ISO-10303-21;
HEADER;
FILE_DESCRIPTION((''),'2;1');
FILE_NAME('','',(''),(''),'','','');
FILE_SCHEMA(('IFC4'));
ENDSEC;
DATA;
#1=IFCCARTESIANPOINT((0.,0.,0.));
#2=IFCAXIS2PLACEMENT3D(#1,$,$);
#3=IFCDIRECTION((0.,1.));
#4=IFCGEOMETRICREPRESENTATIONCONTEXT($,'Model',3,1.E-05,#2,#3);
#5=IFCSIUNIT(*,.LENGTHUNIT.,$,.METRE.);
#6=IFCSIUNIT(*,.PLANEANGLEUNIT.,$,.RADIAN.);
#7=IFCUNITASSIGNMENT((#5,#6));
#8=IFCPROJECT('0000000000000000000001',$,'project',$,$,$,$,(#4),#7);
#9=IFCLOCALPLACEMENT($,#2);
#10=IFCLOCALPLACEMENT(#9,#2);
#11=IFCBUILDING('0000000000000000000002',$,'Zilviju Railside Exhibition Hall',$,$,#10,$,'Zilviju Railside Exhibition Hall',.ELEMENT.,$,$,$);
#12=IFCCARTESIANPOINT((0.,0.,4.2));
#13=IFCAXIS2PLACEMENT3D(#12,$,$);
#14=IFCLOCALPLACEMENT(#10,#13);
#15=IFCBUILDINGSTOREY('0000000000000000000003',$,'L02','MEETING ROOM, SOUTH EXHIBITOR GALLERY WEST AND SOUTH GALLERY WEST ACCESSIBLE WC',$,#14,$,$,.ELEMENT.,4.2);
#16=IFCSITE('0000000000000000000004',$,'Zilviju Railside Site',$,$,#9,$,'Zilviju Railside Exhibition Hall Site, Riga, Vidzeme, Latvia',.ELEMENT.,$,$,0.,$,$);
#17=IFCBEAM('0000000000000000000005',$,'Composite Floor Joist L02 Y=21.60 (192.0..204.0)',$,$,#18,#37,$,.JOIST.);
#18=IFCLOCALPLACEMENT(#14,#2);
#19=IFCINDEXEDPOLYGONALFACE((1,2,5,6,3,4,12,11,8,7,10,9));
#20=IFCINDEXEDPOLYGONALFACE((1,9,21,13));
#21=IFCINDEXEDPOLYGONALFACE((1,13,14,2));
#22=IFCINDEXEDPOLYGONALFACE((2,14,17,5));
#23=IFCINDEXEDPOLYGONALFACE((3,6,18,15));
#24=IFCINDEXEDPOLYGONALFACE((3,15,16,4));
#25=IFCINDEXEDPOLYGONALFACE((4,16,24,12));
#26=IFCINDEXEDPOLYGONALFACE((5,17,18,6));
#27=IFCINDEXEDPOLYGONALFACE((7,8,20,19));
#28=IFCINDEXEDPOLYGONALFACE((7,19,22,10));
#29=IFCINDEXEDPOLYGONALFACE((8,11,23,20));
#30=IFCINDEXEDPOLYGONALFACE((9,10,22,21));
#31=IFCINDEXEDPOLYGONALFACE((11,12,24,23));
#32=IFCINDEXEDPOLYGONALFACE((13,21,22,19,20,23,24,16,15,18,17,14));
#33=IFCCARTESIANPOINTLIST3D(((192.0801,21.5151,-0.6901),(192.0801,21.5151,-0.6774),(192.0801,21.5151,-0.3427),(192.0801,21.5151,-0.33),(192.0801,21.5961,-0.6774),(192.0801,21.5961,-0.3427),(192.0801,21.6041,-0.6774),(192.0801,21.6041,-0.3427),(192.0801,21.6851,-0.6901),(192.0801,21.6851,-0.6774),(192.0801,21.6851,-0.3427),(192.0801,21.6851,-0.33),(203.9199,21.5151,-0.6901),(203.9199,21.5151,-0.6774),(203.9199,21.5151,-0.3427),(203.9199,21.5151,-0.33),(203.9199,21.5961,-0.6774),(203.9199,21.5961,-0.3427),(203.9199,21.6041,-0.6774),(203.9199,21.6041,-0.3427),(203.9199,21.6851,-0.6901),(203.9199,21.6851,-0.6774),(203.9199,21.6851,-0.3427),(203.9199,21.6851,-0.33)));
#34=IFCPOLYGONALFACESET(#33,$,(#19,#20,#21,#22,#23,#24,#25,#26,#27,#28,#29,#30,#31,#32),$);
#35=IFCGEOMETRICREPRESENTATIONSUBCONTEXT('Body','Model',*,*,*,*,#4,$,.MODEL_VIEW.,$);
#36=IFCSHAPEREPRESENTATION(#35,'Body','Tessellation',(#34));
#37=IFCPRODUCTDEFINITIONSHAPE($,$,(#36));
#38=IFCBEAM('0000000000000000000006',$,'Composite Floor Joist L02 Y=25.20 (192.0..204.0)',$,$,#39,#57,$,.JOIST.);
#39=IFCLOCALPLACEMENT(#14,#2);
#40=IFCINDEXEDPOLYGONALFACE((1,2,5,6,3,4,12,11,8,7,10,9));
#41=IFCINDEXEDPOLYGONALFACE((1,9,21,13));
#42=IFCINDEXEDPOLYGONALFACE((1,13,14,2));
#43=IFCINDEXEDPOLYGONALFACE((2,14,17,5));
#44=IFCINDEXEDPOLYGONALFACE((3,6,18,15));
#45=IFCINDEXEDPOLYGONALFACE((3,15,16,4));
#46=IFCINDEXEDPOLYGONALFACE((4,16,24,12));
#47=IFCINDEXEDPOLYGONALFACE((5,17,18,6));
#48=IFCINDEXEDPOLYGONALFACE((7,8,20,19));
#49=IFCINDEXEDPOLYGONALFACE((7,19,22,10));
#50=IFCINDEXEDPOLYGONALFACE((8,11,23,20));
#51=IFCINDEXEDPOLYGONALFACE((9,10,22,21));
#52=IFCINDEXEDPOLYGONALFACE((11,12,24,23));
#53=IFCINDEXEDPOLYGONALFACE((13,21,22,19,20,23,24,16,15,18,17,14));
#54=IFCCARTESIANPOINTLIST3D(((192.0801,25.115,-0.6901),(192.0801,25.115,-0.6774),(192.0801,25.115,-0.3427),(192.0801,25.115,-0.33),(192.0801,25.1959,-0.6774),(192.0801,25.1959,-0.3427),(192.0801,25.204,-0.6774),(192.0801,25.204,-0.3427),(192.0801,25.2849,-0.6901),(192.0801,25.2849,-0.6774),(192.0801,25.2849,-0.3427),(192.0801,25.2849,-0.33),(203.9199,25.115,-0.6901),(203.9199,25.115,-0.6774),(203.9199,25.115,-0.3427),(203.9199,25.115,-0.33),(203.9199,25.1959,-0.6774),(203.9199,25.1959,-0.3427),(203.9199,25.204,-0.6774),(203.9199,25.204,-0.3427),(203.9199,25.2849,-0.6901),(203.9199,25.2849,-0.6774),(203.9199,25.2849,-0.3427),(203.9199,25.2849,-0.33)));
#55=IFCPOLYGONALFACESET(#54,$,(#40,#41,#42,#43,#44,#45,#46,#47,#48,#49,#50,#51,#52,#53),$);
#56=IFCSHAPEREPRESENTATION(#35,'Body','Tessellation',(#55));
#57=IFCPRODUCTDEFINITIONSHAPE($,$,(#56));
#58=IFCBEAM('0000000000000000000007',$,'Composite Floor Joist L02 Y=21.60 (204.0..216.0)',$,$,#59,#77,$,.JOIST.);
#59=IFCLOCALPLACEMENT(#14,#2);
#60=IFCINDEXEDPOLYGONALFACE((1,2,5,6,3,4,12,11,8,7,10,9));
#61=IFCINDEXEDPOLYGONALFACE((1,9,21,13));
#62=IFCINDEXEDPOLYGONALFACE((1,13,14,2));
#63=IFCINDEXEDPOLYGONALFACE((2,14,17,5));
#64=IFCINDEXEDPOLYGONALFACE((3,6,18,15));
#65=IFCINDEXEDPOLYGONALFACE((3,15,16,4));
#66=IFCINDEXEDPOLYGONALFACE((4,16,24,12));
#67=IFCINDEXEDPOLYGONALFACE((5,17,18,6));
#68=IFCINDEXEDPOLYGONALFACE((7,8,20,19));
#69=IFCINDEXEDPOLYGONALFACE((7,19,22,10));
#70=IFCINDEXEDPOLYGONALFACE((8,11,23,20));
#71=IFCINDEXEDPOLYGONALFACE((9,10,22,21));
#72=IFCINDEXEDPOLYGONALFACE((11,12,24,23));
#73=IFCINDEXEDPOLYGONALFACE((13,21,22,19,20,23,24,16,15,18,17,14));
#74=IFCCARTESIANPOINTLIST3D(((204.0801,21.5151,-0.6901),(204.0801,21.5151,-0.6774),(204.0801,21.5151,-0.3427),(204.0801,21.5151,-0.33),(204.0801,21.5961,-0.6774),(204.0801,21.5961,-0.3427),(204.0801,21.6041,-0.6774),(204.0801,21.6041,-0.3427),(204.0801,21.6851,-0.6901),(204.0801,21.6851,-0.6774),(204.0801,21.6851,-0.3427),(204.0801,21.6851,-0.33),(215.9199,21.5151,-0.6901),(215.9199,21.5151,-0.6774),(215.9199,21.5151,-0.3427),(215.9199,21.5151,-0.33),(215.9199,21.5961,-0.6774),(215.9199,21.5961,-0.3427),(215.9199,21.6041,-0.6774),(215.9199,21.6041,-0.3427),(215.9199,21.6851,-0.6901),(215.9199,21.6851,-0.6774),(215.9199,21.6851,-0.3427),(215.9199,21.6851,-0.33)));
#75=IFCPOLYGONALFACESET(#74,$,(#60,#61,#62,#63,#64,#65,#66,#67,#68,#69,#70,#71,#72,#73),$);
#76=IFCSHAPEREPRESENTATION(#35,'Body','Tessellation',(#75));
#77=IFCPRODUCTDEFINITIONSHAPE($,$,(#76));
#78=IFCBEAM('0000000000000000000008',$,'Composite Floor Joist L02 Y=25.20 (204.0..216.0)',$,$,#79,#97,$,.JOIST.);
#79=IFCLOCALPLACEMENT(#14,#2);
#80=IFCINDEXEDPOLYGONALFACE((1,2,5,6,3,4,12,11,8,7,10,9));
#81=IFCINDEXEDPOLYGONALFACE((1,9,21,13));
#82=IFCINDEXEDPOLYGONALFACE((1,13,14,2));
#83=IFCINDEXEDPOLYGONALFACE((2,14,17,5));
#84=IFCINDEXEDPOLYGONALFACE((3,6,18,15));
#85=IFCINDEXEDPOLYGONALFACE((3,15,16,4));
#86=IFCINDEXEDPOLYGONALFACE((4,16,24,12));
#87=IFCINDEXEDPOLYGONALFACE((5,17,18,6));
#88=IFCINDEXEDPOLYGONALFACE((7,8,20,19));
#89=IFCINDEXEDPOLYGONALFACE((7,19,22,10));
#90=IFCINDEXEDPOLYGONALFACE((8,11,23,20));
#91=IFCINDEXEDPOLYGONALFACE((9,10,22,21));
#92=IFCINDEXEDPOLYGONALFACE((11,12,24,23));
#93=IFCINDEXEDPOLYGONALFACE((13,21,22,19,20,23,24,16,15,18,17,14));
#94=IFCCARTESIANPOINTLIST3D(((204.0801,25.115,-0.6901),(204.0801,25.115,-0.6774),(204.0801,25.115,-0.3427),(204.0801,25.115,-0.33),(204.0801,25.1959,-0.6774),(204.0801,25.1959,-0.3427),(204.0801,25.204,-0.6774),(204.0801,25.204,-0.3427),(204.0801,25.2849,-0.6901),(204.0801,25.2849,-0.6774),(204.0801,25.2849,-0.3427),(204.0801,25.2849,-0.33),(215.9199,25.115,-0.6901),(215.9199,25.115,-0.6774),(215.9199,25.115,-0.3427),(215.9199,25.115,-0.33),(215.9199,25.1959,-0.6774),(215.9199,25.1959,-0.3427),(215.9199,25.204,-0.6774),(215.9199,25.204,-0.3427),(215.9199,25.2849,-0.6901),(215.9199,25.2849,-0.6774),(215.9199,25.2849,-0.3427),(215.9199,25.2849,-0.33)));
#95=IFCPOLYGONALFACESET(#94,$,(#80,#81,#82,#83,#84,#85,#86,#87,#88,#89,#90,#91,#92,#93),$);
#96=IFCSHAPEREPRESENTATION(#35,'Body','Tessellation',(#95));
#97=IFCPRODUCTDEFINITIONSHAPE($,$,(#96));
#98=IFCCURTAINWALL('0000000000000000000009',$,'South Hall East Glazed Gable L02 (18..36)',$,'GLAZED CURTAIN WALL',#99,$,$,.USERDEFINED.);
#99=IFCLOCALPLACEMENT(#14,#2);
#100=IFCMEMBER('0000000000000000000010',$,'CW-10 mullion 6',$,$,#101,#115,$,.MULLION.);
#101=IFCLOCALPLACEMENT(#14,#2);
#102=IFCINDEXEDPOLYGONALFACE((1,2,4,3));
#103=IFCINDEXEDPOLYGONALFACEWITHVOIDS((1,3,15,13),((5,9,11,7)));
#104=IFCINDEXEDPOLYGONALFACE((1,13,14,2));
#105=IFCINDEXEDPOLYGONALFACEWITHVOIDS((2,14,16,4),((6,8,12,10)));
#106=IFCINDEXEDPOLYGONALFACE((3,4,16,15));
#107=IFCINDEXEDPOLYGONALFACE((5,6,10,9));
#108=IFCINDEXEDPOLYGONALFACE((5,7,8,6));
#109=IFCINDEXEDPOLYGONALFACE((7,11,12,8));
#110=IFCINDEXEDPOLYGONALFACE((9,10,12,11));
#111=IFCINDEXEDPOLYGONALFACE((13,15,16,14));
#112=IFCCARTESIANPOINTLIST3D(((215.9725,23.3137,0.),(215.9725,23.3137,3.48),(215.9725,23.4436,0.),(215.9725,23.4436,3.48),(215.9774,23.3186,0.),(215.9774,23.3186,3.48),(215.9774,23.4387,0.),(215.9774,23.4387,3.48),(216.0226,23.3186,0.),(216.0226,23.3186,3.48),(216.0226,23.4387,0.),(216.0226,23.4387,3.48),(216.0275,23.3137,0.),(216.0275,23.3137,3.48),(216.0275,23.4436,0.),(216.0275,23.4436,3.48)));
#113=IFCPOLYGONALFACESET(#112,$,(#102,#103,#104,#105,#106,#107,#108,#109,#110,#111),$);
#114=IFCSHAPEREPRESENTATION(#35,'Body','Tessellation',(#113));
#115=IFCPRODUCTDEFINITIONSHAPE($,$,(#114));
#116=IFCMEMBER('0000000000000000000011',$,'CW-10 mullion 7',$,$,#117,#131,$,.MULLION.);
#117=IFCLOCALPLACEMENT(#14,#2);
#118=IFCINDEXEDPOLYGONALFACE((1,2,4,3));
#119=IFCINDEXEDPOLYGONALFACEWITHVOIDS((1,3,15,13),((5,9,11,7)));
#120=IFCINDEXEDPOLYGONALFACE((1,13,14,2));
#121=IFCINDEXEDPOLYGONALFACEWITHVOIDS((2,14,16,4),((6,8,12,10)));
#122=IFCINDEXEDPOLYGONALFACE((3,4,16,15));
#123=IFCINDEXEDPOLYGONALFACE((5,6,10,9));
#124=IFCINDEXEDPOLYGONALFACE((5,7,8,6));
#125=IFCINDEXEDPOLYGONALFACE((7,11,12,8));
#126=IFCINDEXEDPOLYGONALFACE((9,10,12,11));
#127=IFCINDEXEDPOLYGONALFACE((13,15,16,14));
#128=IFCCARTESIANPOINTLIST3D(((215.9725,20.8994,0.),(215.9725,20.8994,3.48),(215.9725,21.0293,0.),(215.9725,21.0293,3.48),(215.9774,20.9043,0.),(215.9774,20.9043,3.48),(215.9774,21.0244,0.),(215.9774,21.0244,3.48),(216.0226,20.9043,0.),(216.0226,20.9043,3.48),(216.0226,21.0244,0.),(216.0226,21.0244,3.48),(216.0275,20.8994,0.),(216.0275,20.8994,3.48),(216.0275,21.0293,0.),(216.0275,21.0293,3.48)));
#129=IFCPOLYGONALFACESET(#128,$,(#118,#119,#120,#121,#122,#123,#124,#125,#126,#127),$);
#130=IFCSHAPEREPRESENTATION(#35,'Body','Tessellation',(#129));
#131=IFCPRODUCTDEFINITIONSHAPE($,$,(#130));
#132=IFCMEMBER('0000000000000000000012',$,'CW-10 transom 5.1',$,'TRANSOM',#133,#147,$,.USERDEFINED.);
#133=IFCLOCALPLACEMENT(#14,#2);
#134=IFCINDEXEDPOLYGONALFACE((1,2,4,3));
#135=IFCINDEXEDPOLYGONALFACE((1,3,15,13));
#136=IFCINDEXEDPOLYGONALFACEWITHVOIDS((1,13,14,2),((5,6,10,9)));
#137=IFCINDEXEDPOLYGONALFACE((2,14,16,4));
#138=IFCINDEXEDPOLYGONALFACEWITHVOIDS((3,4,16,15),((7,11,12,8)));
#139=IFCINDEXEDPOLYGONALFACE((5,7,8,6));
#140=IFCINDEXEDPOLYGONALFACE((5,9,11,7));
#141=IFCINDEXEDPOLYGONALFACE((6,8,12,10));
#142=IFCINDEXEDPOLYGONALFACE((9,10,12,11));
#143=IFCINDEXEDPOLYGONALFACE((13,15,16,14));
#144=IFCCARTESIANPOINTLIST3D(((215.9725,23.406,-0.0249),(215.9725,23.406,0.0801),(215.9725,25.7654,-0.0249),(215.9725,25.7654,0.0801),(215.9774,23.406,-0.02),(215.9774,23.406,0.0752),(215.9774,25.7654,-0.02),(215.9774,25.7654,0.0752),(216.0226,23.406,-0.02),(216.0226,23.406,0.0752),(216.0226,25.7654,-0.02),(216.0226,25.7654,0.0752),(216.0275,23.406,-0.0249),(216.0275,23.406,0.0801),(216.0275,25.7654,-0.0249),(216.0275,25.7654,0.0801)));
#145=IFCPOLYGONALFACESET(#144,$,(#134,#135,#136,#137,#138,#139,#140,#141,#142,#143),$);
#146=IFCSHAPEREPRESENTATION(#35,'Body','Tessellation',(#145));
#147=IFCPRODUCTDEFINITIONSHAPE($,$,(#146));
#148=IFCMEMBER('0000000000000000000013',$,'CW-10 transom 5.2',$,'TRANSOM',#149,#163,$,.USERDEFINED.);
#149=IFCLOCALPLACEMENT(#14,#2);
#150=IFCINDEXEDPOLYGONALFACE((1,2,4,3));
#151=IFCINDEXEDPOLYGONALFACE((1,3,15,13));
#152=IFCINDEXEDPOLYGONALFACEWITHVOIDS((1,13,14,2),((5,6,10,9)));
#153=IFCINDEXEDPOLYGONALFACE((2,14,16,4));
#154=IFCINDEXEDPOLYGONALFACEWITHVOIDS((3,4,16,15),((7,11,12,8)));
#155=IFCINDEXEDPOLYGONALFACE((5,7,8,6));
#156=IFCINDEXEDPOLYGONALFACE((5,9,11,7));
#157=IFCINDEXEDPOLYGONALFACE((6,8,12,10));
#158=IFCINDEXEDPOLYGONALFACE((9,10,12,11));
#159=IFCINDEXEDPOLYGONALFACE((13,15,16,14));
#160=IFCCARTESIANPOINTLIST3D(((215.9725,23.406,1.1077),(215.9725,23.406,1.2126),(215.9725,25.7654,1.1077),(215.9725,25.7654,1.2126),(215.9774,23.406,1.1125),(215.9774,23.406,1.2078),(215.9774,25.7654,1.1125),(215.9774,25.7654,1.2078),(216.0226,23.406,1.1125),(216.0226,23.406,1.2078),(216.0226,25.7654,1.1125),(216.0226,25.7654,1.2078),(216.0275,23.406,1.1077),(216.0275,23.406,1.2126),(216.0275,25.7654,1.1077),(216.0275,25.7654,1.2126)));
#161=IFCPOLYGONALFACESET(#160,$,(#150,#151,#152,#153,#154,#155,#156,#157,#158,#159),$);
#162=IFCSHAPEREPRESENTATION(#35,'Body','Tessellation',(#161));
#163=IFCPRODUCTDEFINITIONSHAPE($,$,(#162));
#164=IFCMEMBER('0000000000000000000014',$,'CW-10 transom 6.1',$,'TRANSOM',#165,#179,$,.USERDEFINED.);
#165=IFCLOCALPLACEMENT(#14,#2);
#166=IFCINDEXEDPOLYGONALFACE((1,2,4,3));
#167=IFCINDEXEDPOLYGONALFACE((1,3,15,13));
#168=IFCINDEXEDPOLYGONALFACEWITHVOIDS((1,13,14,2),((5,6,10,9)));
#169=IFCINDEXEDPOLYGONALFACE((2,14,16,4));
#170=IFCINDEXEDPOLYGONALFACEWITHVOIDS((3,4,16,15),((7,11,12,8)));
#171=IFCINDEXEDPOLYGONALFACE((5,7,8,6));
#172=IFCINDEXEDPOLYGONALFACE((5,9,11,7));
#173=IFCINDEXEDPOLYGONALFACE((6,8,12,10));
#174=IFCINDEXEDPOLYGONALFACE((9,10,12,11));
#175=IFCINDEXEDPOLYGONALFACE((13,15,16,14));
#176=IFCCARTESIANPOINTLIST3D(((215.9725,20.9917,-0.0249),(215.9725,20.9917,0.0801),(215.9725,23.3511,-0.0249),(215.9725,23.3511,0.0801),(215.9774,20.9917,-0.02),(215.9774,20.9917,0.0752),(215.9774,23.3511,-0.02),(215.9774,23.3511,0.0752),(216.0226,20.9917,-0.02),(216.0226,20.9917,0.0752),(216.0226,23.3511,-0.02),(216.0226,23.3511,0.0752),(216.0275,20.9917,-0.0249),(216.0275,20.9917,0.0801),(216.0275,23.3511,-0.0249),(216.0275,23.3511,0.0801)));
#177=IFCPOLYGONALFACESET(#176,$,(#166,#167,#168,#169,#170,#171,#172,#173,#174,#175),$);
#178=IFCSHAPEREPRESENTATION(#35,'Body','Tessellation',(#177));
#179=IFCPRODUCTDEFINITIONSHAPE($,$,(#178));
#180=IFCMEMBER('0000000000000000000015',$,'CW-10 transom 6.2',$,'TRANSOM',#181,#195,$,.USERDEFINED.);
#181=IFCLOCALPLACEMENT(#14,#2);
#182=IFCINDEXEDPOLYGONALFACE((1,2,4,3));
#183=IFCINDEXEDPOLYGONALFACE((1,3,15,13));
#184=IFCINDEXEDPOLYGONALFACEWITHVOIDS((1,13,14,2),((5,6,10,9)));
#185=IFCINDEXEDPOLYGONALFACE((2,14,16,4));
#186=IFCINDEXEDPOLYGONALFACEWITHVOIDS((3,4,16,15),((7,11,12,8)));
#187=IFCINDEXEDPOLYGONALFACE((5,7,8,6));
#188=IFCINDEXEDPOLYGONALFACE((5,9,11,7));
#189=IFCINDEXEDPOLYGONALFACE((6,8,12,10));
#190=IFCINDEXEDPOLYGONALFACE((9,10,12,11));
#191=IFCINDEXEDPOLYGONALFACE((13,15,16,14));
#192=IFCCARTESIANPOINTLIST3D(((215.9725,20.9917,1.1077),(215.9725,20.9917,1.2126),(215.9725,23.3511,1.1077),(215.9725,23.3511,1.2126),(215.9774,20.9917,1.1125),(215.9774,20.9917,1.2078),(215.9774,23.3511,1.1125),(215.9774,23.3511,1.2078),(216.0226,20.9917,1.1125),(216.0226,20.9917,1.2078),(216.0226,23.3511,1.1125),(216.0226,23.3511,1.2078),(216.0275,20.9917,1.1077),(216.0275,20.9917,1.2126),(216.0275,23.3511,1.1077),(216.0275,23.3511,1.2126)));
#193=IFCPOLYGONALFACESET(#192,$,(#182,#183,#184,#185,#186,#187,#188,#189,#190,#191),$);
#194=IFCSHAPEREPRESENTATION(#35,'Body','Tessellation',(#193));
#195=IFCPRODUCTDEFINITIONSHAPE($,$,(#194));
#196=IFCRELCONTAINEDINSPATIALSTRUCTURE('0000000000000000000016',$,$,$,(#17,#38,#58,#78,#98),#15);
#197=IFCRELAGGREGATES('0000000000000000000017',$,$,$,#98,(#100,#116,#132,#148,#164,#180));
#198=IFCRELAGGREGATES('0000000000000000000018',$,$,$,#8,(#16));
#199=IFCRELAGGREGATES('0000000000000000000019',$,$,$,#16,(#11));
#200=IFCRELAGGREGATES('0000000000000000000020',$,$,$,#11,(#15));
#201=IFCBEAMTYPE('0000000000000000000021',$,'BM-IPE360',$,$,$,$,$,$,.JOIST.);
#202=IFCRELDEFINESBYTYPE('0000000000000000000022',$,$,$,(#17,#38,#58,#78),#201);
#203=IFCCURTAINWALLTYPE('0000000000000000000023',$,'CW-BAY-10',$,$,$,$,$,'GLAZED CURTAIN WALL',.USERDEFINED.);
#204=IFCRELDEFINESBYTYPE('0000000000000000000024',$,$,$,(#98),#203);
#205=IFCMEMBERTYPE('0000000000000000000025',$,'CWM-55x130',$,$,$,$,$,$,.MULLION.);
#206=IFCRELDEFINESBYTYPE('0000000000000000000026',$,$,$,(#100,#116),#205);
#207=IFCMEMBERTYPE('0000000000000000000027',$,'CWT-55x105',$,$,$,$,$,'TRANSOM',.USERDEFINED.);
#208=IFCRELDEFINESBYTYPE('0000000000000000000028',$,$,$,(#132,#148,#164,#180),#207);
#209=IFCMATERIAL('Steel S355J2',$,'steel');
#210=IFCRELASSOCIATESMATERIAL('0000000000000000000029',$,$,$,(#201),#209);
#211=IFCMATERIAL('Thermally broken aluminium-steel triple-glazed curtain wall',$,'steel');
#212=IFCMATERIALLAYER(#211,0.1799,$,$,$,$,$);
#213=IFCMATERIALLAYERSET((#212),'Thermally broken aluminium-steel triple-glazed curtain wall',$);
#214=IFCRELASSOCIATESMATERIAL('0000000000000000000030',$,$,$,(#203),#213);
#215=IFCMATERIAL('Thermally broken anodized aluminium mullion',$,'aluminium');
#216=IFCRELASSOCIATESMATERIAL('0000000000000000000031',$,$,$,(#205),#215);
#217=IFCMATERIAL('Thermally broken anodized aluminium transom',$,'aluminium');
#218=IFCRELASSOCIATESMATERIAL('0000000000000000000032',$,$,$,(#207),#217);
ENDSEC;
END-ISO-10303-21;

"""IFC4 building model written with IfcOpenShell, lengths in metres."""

from ifc_helpers import new_model, si_unit, direction, frame, origin, origin_2d, place, context, subcontext, project, spatial, hollow_rectangle, i_section, extrude, material, layer, layer_set, material_profile, profile_set, type_object, element, aggregate, save


model = new_model("IFC4")

# Units and contexts
model_context = context("Model", 3, precision=1e-05, world=origin(), true_north=direction((0.0, 1.0)))
body_context = subcontext(model_context, "Body", "Model", "MODEL_VIEW")
ifc_project = project(units=[si_unit("LENGTHUNIT", "METRE"), si_unit("PLANEANGLEUNIT", "RADIAN")], contexts=[model_context])

# Site, building, storey
site_placement = place(None, origin())
site = spatial("IfcSite", under=ifc_project, at=site_placement, Name="Zilviju Railside Site", LongName="Zilviju Railside Exhibition Hall Site, Riga, Vidzeme, Latvia", CompositionType="ELEMENT", RefElevation=0.0)
building_placement = place(site_placement, origin())
building = spatial("IfcBuilding", under=site, at=building_placement, Name="Zilviju Railside Exhibition Hall", LongName="Zilviju Railside Exhibition Hall", CompositionType="ELEMENT")
storey_placement = place(building_placement, frame((0.0, 0.0, 4.2)))
storey = spatial("IfcBuildingStorey", under=building, at=storey_placement, Name="L02", Description="MEETING ROOM, SOUTH EXHIBITOR GALLERY WEST AND SOUTH GALLERY WEST ACCESSIBLE WC", CompositionType="ELEMENT", Elevation=4.2)

# Beams
ifc_material_1 = material(Name="Steel S355J2", Category="steel")
ifc_material_profile_1 = material_profile(ifc_material_1, i_section(OverallWidth=0.1699, OverallDepth=0.3601, WebThickness=0.0081, FlangeThickness=0.0127, at=origin_2d()), Name="IPE 360")
ifc_profile_set_1 = profile_set([ifc_material_profile_1], Name="Steel S355J2")
beam_type = type_object("IfcBeamType", Name="BM-IPE360", PredefinedType="JOIST", material=ifc_profile_set_1)
for number, where, z_axis, x_axis, name in (
    (1, (192.0801, 21.6001, -0.51), (1.0, 0.0, 0.0), (0.0, 1.0, 0.0), "Composite Floor Joist L02 Y=21.60 (192.0..204.0)"),
    (2, (192.0801, 25.2, -0.51), (1.0, 0.0, 0.0), (0.0, 1.0, 0.0), "Composite Floor Joist L02 Y=25.20 (192.0..204.0)"),
    (3, (204.0801, 21.6001, -0.51), (1.0, 0.0, 0.0), (0.0, 1.0, 0.0), "Composite Floor Joist L02 Y=21.60 (204.0..216.0)"),
    (4, (204.0801, 25.2, -0.51), (1.0, 0.0, 0.0), (0.0, 1.0, 0.0), "Composite Floor Joist L02 Y=25.20 (204.0..216.0)"),
):
    element("IfcBeam", number, at=place(storey_placement, frame(where, z_axis=z_axis, x_axis=x_axis)), inside=storey, type_object=beam_type, Name=name, PredefinedType="JOIST", context=body_context, shape_type="SweptSolid", body=[
        extrude(i_section(OverallWidth=0.1699, OverallDepth=0.3601, WebThickness=0.0081, FlangeThickness=0.0127, at=origin_2d()), origin(), (0.0, 0.0, 1.0), 11.8398),
    ])

# Curtain wall, members
ifc_material_2 = material(Name="Thermally broken aluminium-steel triple-glazed curtain wall", Category="steel")
ifc_layer_1 = layer(ifc_material_2, 0.1799)
ifc_layer_set_1 = layer_set([ifc_layer_1], Name="Thermally broken aluminium-steel triple-glazed curtain wall")
curtain_wall_type = type_object("IfcCurtainWallType", Name="CW-BAY-10", ElementType="GLAZED CURTAIN WALL", PredefinedType="USERDEFINED", material=ifc_layer_set_1)
curtain_wall_placement = place(storey_placement, origin())
curtain_wall = element("IfcCurtainWall", 5, at=curtain_wall_placement, inside=storey, type_object=curtain_wall_type, Name="South Hall East Glazed Gable L02 (18..36)", ObjectType="GLAZED CURTAIN WALL", PredefinedType="USERDEFINED")
ifc_material_3 = material(Name="Thermally broken anodized aluminium mullion", Category="aluminium")
ifc_material_profile_2 = material_profile(ifc_material_3, hollow_rectangle(XDim=0.0549, YDim=0.1299, WallThickness=0.0049, at=origin_2d()), Name="MULLION 130x55x5")
ifc_profile_set_2 = profile_set([ifc_material_profile_2], Name="Thermally broken anodized aluminium mullion")
member_type_1 = type_object("IfcMemberType", Name="CWM-55x130", PredefinedType="MULLION", material=ifc_profile_set_2)
member_1_placement = place(storey_placement, frame((216.0, 23.3787, 0.0), z_axis=(0.0, 0.0, 1.0), x_axis=(1.0, 0.0, 0.0)))
member_1 = element("IfcMember", 6, at=member_1_placement, type_object=member_type_1, Name="CW-10 mullion 6", PredefinedType="MULLION", context=body_context, shape_type="SweptSolid", body=[
    extrude(hollow_rectangle(XDim=0.0549, YDim=0.1299, WallThickness=0.0049, at=origin_2d()), origin(), (0.0, 0.0, 1.0), 3.48),
])
member_2_placement = place(storey_placement, frame((216.0, 20.9644, 0.0), z_axis=(0.0, 0.0, 1.0), x_axis=(1.0, 0.0, 0.0)))
member_2 = element("IfcMember", 7, at=member_2_placement, type_object=member_type_1, Name="CW-10 mullion 7", PredefinedType="MULLION", context=body_context, shape_type="SweptSolid", body=[
    extrude(hollow_rectangle(XDim=0.0549, YDim=0.1299, WallThickness=0.0049, at=origin_2d()), origin(), (0.0, 0.0, 1.0), 3.48),
])
ifc_material_4 = material(Name="Thermally broken anodized aluminium transom", Category="aluminium")
ifc_material_profile_3 = material_profile(ifc_material_4, hollow_rectangle(XDim=0.0549, YDim=0.105, WallThickness=0.0049, at=origin_2d()), Name="TRANSOM 105x55x5")
ifc_profile_set_3 = profile_set([ifc_material_profile_3], Name="Thermally broken anodized aluminium transom")
member_type_2 = type_object("IfcMemberType", Name="CWT-55x105", ElementType="TRANSOM", PredefinedType="USERDEFINED", material=ifc_profile_set_3)
member_3_placement = place(storey_placement, frame((216.0, 25.7654, 0.0276), z_axis=(0.0, -1.0, 0.0), x_axis=(1.0, 0.0, 0.0)))
member_3 = element("IfcMember", 8, at=member_3_placement, type_object=member_type_2, Name="CW-10 transom 5.1", ObjectType="TRANSOM", PredefinedType="USERDEFINED", context=body_context, shape_type="SweptSolid", body=[
    extrude(hollow_rectangle(XDim=0.0549, YDim=0.105, WallThickness=0.0049, at=origin_2d()), origin(), (0.0, 0.0, 1.0), 2.3594),
])
member_4_placement = place(storey_placement, frame((216.0, 25.7654, 1.1602), z_axis=(0.0, -1.0, 0.0), x_axis=(1.0, 0.0, 0.0)))
member_4 = element("IfcMember", 9, at=member_4_placement, type_object=member_type_2, Name="CW-10 transom 5.2", ObjectType="TRANSOM", PredefinedType="USERDEFINED", context=body_context, shape_type="SweptSolid", body=[
    extrude(hollow_rectangle(XDim=0.0549, YDim=0.105, WallThickness=0.0049, at=origin_2d()), origin(), (0.0, 0.0, 1.0), 2.3594),
])
member_5_placement = place(storey_placement, frame((216.0, 23.3511, 0.0276), z_axis=(0.0, -1.0, 0.0), x_axis=(1.0, 0.0, 0.0)))
member_5 = element("IfcMember", 10, at=member_5_placement, type_object=member_type_2, Name="CW-10 transom 6.1", ObjectType="TRANSOM", PredefinedType="USERDEFINED", context=body_context, shape_type="SweptSolid", body=[
    extrude(hollow_rectangle(XDim=0.0549, YDim=0.105, WallThickness=0.0049, at=origin_2d()), origin(), (0.0, 0.0, 1.0), 2.3594),
])
member_6_placement = place(storey_placement, frame((216.0, 23.3511, 1.1602), z_axis=(0.0, -1.0, 0.0), x_axis=(1.0, 0.0, 0.0)))
member_6 = element("IfcMember", 11, at=member_6_placement, type_object=member_type_2, Name="CW-10 transom 6.2", ObjectType="TRANSOM", PredefinedType="USERDEFINED", context=body_context, shape_type="SweptSolid", body=[
    extrude(hollow_rectangle(XDim=0.0549, YDim=0.105, WallThickness=0.0049, at=origin_2d()), origin(), (0.0, 0.0, 1.0), 2.3594),
])
aggregate(curtain_wall, [member_1, member_2, member_3, member_4, member_5, member_6])

save(model, "model.ifc")
